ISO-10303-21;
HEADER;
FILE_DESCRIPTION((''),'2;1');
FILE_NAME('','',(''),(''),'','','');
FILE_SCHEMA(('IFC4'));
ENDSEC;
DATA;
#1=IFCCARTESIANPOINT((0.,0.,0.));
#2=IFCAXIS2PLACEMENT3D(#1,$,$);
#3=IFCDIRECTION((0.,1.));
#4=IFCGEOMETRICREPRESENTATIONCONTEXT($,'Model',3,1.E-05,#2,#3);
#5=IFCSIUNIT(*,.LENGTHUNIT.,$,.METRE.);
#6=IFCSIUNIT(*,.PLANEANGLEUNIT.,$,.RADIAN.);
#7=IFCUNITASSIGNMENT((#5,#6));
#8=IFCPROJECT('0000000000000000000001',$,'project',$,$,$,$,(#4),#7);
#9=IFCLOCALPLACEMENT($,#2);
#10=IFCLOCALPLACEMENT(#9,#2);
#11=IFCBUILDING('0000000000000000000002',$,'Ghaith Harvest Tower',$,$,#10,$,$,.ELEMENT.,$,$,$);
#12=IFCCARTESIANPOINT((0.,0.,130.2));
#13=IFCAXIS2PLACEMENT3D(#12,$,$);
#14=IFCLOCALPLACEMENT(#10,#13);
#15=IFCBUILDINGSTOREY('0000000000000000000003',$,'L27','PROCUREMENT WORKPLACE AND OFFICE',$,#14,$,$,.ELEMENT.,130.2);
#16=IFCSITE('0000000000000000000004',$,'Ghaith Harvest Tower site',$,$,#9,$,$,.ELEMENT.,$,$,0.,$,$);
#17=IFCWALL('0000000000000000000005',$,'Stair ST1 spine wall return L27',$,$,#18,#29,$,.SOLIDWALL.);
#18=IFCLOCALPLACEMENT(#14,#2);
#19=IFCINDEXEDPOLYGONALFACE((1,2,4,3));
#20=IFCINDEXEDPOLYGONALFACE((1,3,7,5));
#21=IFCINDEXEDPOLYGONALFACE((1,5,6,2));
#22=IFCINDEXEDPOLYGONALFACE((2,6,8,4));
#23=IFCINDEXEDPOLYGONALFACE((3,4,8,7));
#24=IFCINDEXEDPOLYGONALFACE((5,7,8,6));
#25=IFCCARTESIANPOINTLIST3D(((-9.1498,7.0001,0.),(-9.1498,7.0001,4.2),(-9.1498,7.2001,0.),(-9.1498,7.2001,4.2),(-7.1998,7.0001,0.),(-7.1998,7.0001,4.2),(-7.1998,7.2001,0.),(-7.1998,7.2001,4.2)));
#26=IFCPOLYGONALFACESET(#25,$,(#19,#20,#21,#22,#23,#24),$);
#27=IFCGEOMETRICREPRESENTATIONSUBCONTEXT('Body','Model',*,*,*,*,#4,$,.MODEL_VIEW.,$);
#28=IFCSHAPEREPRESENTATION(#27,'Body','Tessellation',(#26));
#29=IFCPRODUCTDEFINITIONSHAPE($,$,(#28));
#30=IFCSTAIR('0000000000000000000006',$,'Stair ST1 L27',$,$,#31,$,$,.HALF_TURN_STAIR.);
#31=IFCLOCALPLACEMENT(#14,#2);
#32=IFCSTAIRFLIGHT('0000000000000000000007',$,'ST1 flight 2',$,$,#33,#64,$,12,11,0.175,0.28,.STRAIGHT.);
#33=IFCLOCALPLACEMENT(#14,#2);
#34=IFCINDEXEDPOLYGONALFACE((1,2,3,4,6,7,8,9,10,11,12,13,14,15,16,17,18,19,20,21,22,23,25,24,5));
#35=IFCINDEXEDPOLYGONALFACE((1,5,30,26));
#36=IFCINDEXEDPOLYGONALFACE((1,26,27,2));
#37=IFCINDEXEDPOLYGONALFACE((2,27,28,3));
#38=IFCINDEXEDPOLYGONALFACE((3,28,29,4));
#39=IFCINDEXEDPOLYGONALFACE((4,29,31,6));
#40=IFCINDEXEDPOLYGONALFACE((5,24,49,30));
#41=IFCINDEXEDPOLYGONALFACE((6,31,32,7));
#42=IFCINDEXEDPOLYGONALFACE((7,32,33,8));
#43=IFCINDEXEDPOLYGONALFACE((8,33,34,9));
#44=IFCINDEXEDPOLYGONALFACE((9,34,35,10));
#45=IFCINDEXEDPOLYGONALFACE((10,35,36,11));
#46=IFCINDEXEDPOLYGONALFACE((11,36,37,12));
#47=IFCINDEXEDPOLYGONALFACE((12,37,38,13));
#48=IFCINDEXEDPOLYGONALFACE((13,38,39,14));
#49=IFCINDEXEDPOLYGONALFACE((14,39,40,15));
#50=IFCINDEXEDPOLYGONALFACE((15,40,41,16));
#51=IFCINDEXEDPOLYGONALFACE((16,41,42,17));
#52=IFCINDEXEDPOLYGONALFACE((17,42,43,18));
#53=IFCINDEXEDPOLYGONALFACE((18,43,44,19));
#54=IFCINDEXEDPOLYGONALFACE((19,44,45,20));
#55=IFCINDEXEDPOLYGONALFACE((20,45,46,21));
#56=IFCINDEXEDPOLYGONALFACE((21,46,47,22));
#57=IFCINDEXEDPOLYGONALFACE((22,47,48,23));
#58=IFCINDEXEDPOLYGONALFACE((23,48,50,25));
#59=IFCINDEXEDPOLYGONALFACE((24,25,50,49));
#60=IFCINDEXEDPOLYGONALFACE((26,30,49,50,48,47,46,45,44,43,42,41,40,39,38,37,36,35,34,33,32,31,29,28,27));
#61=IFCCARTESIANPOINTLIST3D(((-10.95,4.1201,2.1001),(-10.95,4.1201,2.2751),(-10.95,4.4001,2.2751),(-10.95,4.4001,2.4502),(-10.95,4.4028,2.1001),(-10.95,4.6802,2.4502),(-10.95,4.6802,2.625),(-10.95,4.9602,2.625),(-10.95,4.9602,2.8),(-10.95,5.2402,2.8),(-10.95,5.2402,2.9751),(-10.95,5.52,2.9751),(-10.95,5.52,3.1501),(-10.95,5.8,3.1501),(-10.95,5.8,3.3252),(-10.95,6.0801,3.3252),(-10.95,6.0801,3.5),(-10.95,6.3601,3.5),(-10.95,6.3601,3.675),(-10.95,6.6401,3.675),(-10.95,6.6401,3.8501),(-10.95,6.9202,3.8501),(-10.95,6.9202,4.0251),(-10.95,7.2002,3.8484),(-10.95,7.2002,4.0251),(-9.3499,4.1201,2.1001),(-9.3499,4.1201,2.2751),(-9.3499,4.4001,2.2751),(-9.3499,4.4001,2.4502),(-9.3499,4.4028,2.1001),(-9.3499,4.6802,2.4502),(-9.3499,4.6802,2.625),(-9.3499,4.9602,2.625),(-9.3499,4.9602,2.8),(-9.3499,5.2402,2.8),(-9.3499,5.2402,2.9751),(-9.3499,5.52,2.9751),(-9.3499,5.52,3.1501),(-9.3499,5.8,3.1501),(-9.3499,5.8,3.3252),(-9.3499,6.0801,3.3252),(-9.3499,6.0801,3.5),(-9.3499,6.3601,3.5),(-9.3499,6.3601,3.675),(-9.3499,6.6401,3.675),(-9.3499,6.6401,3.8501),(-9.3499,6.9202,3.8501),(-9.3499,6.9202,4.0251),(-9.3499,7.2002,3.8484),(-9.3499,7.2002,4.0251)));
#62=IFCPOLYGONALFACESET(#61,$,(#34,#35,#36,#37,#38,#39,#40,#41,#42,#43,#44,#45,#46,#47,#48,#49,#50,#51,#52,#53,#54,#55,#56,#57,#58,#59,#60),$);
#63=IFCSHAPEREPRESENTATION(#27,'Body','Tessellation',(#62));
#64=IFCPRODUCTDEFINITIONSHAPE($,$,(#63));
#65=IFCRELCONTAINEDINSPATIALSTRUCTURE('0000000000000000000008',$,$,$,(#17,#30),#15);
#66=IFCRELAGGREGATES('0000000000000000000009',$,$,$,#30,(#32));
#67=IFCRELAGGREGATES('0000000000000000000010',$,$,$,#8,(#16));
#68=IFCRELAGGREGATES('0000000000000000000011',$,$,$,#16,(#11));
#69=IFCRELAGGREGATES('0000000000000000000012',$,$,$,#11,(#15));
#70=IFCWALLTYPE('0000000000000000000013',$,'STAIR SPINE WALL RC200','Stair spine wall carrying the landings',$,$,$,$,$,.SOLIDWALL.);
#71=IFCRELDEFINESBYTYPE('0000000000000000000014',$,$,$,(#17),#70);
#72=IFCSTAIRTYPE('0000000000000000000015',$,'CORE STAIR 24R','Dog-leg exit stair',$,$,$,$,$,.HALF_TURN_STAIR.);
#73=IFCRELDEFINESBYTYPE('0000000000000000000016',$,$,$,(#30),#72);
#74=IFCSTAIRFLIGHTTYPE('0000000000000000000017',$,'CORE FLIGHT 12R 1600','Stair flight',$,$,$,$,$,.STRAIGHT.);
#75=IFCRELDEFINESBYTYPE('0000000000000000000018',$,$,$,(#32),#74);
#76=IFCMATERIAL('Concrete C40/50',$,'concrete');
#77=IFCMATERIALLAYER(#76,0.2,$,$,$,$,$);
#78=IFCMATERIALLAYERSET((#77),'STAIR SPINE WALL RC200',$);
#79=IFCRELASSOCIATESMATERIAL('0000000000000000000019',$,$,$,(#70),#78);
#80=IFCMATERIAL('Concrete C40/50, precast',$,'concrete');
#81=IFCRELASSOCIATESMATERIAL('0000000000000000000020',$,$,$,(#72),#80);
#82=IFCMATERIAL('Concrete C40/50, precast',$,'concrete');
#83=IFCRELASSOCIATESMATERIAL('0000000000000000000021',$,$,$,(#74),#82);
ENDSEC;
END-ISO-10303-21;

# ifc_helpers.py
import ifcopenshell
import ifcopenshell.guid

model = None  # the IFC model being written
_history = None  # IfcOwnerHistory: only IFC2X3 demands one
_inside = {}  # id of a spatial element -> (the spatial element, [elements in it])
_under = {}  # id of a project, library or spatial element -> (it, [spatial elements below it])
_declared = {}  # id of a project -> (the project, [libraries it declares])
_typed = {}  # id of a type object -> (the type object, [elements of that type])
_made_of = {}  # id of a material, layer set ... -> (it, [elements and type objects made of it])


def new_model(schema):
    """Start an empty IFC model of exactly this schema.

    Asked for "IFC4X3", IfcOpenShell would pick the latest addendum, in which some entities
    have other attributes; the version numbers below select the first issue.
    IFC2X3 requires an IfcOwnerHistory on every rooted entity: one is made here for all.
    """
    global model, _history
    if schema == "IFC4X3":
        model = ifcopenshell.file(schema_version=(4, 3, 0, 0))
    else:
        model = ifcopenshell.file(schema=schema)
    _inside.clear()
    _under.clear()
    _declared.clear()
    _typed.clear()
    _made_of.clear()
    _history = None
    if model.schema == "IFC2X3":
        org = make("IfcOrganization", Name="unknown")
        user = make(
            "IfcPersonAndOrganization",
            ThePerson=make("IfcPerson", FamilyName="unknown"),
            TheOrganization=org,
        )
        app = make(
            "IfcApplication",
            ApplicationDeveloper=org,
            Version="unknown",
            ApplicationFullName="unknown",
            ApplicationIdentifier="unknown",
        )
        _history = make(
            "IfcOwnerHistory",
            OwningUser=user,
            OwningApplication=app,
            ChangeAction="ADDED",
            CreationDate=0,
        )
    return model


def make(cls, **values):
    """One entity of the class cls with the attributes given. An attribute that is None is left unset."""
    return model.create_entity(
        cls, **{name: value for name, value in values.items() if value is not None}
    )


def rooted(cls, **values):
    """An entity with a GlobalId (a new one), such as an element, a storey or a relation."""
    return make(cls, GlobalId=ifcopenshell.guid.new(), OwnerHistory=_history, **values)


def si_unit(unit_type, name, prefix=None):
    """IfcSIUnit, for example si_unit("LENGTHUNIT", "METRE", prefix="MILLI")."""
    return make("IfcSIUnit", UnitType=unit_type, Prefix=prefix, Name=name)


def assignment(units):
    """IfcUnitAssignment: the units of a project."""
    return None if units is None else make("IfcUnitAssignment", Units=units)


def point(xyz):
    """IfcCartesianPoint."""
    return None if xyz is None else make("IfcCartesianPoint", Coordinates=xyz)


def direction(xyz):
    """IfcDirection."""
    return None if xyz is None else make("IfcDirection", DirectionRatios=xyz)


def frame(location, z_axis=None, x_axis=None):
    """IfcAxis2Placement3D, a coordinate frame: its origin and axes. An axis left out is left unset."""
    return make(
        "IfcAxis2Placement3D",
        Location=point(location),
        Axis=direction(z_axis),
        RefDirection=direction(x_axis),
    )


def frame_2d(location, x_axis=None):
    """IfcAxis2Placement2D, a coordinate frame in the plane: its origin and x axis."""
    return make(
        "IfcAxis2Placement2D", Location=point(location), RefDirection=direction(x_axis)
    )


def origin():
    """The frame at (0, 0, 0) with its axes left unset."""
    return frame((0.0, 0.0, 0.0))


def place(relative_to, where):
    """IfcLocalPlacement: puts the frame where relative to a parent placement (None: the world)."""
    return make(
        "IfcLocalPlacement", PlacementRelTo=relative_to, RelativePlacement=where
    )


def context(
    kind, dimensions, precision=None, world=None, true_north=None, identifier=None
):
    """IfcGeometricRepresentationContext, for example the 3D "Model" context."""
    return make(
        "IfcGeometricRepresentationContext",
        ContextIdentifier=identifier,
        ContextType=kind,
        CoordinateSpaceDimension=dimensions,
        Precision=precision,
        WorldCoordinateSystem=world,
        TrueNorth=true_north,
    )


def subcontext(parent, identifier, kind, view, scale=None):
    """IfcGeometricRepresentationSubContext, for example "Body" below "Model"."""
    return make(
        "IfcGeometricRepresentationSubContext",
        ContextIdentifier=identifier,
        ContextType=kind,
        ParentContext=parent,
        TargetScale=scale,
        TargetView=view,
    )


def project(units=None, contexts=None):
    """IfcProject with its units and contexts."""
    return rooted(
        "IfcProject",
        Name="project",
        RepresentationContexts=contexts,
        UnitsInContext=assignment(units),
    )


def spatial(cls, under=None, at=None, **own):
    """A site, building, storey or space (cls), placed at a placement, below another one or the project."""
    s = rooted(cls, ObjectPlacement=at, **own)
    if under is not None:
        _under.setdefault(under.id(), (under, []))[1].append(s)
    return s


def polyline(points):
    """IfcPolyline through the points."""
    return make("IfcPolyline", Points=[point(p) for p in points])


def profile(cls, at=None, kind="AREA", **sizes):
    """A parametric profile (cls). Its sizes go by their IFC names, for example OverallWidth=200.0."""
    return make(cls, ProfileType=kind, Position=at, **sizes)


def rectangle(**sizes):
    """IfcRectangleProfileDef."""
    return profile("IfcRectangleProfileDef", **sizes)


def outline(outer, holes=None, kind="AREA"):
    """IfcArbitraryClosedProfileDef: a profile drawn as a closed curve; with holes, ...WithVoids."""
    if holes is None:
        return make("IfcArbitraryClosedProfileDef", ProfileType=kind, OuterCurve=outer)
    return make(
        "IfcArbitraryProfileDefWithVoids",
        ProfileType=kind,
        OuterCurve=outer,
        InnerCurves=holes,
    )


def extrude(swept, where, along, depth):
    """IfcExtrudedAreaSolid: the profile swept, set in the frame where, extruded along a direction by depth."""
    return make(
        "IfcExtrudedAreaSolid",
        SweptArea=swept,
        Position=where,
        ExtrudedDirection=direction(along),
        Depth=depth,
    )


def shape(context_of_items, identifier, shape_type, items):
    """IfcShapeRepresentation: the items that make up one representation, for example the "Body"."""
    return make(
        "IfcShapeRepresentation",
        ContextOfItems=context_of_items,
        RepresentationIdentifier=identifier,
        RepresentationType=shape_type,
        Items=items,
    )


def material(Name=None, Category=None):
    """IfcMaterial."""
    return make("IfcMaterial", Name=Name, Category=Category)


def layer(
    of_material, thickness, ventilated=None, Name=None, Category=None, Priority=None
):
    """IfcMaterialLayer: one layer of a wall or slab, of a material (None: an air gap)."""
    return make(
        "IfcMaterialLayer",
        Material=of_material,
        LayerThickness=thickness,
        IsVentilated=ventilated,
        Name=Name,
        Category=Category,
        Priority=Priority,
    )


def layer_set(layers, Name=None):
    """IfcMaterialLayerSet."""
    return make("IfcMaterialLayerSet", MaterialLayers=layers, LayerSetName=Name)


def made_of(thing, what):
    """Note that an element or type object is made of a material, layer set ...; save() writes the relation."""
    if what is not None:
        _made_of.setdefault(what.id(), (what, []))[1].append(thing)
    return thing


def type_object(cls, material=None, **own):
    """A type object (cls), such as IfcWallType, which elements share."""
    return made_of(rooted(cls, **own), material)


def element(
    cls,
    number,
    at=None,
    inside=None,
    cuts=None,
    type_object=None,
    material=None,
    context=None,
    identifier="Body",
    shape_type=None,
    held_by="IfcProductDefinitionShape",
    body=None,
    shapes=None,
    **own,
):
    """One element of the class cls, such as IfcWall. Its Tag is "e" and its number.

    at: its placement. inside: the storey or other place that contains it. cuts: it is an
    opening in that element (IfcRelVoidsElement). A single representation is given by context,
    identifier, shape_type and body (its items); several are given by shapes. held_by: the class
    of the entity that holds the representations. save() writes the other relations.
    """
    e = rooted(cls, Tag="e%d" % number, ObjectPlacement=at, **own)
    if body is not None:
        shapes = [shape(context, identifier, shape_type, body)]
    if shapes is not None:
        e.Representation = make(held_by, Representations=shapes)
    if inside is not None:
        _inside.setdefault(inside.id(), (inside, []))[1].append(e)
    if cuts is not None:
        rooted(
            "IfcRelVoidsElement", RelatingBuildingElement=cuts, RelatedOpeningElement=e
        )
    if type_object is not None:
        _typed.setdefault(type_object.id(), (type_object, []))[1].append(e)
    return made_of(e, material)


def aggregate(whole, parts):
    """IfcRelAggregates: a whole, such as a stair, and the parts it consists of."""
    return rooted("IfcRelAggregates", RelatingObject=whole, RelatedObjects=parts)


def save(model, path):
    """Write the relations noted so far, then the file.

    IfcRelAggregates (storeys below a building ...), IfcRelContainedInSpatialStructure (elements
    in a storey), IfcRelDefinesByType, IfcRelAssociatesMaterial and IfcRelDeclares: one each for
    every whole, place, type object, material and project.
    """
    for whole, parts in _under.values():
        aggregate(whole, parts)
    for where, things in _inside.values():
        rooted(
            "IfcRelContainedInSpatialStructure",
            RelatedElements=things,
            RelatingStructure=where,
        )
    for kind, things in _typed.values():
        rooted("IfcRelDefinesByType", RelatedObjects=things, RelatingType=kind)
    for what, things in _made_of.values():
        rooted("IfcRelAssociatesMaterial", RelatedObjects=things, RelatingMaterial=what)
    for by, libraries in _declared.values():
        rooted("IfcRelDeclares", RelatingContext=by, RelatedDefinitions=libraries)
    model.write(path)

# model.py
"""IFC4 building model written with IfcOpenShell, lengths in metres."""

from ifc_helpers import new_model, si_unit, direction, frame, frame_2d, origin, place, context, subcontext, project, spatial, polyline, rectangle, outline, extrude, material, layer, layer_set, type_object, element, aggregate, save


model = new_model("IFC4")

# Units and contexts
model_context = context("Model", 3, precision=1e-05, world=origin(), true_north=direction((0.0, 1.0)))
body_context = subcontext(model_context, "Body", "Model", "MODEL_VIEW")
ifc_project = project(units=[si_unit("LENGTHUNIT", "METRE"), si_unit("PLANEANGLEUNIT", "RADIAN")], contexts=[model_context])

# Site, building, storey
site_placement = place(None, origin())
site = spatial("IfcSite", under=ifc_project, at=site_placement, Name="Ghaith Harvest Tower site", CompositionType="ELEMENT", RefElevation=0.0)
building_placement = place(site_placement, origin())
building = spatial("IfcBuilding", under=site, at=building_placement, Name="Ghaith Harvest Tower", CompositionType="ELEMENT")
storey_placement = place(building_placement, frame((0.0, 0.0, 130.2)))
storey = spatial("IfcBuildingStorey", under=building, at=storey_placement, Name="L27", Description="PROCUREMENT WORKPLACE AND OFFICE", CompositionType="ELEMENT", Elevation=130.2)

# Wall
ifc_material_1 = material(Name="Concrete C40/50", Category="concrete")
ifc_layer_1 = layer(ifc_material_1, 0.2)
ifc_layer_set_1 = layer_set([ifc_layer_1], Name="STAIR SPINE WALL RC200")
wall_type_1 = type_object("IfcWallType", Name="STAIR SPINE WALL RC200", Description="Stair spine wall carrying the landings", PredefinedType="SOLIDWALL", material=ifc_layer_set_1)
wall_1_placement = place(storey_placement, frame((-9.1499, 7.1001, 0.0), z_axis=(0.0, 0.0, 1.0), x_axis=(1.0, 0.0, 0.0)))
element("IfcWall", 1, at=wall_1_placement, inside=storey, type_object=wall_type_1, Name="Stair ST1 spine wall return L27", PredefinedType="SOLIDWALL", context=body_context, shape_type="SweptSolid", body=[
    extrude(rectangle(XDim=1.95, YDim=0.2, at=frame_2d((0.9751, 0.0))), origin(), (0.0, 0.0, 1.0), 4.2),
])

# Stair, stair flight
ifc_material_2 = material(Name="Concrete C40/50, precast", Category="concrete")
stair_type = type_object("IfcStairType", Name="CORE STAIR 24R", Description="Dog-leg exit stair", PredefinedType="HALF_TURN_STAIR", material=ifc_material_2)
stair_placement = place(storey_placement, origin())
stair = element("IfcStair", 2, at=stair_placement, inside=storey, type_object=stair_type, Name="Stair ST1 L27", PredefinedType="HALF_TURN_STAIR")
ifc_material_3 = material(Name="Concrete C40/50, precast", Category="concrete")
stair_flight_type = type_object("IfcStairFlightType", Name="CORE FLIGHT 12R 1600", Description="Stair flight", PredefinedType="STRAIGHT", material=ifc_material_3)
stair_flight_placement = place(storey_placement, frame((-10.1499, 4.1201, 2.1001), z_axis=(0.0, 0.0, 1.0), x_axis=(0.0, 1.0, 0.0)))
stair_flight = element("IfcStairFlight", 3, at=stair_flight_placement, type_object=stair_flight_type, Name="ST1 flight 2", NumberOfRisers=12, NumberOfTreads=11, PredefinedType="STRAIGHT", RiserHeight=0.175, TreadLength=0.28, context=body_context, shape_type="SweptSolid", body=[
    extrude(outline(polyline([(0.0, 0.0), (0.0, 0.175), (0.28, 0.175), (0.28, 0.3501), (0.5601, 0.3501), (0.5601, 0.5249), (0.8401, 0.5249), (0.8401, 0.7), (1.1201, 0.7), (1.1201, 0.875), (1.3999, 0.875), (1.3999, 1.05), (1.6799, 1.05), (1.6799, 1.2251), (1.96, 1.2251), (1.96, 1.3999), (2.24, 1.3999), (2.24, 1.575), (2.52, 1.575), (2.52, 1.75), (2.8, 1.75), (2.8, 1.925), (3.0801, 1.925), (3.0801, 2.1001), (3.0801, 1.7483), (0.2827, 0.0), (0.0, 0.0)])), frame((0.0, 0.8, 0.0), z_axis=(0.0, -1.0, 0.0), x_axis=(1.0, 0.0, 0.0)), (0.0, 0.0, 1.0), 1.6001),
])
aggregate(stair, [stair_flight])

save(model, "model.ifc")
